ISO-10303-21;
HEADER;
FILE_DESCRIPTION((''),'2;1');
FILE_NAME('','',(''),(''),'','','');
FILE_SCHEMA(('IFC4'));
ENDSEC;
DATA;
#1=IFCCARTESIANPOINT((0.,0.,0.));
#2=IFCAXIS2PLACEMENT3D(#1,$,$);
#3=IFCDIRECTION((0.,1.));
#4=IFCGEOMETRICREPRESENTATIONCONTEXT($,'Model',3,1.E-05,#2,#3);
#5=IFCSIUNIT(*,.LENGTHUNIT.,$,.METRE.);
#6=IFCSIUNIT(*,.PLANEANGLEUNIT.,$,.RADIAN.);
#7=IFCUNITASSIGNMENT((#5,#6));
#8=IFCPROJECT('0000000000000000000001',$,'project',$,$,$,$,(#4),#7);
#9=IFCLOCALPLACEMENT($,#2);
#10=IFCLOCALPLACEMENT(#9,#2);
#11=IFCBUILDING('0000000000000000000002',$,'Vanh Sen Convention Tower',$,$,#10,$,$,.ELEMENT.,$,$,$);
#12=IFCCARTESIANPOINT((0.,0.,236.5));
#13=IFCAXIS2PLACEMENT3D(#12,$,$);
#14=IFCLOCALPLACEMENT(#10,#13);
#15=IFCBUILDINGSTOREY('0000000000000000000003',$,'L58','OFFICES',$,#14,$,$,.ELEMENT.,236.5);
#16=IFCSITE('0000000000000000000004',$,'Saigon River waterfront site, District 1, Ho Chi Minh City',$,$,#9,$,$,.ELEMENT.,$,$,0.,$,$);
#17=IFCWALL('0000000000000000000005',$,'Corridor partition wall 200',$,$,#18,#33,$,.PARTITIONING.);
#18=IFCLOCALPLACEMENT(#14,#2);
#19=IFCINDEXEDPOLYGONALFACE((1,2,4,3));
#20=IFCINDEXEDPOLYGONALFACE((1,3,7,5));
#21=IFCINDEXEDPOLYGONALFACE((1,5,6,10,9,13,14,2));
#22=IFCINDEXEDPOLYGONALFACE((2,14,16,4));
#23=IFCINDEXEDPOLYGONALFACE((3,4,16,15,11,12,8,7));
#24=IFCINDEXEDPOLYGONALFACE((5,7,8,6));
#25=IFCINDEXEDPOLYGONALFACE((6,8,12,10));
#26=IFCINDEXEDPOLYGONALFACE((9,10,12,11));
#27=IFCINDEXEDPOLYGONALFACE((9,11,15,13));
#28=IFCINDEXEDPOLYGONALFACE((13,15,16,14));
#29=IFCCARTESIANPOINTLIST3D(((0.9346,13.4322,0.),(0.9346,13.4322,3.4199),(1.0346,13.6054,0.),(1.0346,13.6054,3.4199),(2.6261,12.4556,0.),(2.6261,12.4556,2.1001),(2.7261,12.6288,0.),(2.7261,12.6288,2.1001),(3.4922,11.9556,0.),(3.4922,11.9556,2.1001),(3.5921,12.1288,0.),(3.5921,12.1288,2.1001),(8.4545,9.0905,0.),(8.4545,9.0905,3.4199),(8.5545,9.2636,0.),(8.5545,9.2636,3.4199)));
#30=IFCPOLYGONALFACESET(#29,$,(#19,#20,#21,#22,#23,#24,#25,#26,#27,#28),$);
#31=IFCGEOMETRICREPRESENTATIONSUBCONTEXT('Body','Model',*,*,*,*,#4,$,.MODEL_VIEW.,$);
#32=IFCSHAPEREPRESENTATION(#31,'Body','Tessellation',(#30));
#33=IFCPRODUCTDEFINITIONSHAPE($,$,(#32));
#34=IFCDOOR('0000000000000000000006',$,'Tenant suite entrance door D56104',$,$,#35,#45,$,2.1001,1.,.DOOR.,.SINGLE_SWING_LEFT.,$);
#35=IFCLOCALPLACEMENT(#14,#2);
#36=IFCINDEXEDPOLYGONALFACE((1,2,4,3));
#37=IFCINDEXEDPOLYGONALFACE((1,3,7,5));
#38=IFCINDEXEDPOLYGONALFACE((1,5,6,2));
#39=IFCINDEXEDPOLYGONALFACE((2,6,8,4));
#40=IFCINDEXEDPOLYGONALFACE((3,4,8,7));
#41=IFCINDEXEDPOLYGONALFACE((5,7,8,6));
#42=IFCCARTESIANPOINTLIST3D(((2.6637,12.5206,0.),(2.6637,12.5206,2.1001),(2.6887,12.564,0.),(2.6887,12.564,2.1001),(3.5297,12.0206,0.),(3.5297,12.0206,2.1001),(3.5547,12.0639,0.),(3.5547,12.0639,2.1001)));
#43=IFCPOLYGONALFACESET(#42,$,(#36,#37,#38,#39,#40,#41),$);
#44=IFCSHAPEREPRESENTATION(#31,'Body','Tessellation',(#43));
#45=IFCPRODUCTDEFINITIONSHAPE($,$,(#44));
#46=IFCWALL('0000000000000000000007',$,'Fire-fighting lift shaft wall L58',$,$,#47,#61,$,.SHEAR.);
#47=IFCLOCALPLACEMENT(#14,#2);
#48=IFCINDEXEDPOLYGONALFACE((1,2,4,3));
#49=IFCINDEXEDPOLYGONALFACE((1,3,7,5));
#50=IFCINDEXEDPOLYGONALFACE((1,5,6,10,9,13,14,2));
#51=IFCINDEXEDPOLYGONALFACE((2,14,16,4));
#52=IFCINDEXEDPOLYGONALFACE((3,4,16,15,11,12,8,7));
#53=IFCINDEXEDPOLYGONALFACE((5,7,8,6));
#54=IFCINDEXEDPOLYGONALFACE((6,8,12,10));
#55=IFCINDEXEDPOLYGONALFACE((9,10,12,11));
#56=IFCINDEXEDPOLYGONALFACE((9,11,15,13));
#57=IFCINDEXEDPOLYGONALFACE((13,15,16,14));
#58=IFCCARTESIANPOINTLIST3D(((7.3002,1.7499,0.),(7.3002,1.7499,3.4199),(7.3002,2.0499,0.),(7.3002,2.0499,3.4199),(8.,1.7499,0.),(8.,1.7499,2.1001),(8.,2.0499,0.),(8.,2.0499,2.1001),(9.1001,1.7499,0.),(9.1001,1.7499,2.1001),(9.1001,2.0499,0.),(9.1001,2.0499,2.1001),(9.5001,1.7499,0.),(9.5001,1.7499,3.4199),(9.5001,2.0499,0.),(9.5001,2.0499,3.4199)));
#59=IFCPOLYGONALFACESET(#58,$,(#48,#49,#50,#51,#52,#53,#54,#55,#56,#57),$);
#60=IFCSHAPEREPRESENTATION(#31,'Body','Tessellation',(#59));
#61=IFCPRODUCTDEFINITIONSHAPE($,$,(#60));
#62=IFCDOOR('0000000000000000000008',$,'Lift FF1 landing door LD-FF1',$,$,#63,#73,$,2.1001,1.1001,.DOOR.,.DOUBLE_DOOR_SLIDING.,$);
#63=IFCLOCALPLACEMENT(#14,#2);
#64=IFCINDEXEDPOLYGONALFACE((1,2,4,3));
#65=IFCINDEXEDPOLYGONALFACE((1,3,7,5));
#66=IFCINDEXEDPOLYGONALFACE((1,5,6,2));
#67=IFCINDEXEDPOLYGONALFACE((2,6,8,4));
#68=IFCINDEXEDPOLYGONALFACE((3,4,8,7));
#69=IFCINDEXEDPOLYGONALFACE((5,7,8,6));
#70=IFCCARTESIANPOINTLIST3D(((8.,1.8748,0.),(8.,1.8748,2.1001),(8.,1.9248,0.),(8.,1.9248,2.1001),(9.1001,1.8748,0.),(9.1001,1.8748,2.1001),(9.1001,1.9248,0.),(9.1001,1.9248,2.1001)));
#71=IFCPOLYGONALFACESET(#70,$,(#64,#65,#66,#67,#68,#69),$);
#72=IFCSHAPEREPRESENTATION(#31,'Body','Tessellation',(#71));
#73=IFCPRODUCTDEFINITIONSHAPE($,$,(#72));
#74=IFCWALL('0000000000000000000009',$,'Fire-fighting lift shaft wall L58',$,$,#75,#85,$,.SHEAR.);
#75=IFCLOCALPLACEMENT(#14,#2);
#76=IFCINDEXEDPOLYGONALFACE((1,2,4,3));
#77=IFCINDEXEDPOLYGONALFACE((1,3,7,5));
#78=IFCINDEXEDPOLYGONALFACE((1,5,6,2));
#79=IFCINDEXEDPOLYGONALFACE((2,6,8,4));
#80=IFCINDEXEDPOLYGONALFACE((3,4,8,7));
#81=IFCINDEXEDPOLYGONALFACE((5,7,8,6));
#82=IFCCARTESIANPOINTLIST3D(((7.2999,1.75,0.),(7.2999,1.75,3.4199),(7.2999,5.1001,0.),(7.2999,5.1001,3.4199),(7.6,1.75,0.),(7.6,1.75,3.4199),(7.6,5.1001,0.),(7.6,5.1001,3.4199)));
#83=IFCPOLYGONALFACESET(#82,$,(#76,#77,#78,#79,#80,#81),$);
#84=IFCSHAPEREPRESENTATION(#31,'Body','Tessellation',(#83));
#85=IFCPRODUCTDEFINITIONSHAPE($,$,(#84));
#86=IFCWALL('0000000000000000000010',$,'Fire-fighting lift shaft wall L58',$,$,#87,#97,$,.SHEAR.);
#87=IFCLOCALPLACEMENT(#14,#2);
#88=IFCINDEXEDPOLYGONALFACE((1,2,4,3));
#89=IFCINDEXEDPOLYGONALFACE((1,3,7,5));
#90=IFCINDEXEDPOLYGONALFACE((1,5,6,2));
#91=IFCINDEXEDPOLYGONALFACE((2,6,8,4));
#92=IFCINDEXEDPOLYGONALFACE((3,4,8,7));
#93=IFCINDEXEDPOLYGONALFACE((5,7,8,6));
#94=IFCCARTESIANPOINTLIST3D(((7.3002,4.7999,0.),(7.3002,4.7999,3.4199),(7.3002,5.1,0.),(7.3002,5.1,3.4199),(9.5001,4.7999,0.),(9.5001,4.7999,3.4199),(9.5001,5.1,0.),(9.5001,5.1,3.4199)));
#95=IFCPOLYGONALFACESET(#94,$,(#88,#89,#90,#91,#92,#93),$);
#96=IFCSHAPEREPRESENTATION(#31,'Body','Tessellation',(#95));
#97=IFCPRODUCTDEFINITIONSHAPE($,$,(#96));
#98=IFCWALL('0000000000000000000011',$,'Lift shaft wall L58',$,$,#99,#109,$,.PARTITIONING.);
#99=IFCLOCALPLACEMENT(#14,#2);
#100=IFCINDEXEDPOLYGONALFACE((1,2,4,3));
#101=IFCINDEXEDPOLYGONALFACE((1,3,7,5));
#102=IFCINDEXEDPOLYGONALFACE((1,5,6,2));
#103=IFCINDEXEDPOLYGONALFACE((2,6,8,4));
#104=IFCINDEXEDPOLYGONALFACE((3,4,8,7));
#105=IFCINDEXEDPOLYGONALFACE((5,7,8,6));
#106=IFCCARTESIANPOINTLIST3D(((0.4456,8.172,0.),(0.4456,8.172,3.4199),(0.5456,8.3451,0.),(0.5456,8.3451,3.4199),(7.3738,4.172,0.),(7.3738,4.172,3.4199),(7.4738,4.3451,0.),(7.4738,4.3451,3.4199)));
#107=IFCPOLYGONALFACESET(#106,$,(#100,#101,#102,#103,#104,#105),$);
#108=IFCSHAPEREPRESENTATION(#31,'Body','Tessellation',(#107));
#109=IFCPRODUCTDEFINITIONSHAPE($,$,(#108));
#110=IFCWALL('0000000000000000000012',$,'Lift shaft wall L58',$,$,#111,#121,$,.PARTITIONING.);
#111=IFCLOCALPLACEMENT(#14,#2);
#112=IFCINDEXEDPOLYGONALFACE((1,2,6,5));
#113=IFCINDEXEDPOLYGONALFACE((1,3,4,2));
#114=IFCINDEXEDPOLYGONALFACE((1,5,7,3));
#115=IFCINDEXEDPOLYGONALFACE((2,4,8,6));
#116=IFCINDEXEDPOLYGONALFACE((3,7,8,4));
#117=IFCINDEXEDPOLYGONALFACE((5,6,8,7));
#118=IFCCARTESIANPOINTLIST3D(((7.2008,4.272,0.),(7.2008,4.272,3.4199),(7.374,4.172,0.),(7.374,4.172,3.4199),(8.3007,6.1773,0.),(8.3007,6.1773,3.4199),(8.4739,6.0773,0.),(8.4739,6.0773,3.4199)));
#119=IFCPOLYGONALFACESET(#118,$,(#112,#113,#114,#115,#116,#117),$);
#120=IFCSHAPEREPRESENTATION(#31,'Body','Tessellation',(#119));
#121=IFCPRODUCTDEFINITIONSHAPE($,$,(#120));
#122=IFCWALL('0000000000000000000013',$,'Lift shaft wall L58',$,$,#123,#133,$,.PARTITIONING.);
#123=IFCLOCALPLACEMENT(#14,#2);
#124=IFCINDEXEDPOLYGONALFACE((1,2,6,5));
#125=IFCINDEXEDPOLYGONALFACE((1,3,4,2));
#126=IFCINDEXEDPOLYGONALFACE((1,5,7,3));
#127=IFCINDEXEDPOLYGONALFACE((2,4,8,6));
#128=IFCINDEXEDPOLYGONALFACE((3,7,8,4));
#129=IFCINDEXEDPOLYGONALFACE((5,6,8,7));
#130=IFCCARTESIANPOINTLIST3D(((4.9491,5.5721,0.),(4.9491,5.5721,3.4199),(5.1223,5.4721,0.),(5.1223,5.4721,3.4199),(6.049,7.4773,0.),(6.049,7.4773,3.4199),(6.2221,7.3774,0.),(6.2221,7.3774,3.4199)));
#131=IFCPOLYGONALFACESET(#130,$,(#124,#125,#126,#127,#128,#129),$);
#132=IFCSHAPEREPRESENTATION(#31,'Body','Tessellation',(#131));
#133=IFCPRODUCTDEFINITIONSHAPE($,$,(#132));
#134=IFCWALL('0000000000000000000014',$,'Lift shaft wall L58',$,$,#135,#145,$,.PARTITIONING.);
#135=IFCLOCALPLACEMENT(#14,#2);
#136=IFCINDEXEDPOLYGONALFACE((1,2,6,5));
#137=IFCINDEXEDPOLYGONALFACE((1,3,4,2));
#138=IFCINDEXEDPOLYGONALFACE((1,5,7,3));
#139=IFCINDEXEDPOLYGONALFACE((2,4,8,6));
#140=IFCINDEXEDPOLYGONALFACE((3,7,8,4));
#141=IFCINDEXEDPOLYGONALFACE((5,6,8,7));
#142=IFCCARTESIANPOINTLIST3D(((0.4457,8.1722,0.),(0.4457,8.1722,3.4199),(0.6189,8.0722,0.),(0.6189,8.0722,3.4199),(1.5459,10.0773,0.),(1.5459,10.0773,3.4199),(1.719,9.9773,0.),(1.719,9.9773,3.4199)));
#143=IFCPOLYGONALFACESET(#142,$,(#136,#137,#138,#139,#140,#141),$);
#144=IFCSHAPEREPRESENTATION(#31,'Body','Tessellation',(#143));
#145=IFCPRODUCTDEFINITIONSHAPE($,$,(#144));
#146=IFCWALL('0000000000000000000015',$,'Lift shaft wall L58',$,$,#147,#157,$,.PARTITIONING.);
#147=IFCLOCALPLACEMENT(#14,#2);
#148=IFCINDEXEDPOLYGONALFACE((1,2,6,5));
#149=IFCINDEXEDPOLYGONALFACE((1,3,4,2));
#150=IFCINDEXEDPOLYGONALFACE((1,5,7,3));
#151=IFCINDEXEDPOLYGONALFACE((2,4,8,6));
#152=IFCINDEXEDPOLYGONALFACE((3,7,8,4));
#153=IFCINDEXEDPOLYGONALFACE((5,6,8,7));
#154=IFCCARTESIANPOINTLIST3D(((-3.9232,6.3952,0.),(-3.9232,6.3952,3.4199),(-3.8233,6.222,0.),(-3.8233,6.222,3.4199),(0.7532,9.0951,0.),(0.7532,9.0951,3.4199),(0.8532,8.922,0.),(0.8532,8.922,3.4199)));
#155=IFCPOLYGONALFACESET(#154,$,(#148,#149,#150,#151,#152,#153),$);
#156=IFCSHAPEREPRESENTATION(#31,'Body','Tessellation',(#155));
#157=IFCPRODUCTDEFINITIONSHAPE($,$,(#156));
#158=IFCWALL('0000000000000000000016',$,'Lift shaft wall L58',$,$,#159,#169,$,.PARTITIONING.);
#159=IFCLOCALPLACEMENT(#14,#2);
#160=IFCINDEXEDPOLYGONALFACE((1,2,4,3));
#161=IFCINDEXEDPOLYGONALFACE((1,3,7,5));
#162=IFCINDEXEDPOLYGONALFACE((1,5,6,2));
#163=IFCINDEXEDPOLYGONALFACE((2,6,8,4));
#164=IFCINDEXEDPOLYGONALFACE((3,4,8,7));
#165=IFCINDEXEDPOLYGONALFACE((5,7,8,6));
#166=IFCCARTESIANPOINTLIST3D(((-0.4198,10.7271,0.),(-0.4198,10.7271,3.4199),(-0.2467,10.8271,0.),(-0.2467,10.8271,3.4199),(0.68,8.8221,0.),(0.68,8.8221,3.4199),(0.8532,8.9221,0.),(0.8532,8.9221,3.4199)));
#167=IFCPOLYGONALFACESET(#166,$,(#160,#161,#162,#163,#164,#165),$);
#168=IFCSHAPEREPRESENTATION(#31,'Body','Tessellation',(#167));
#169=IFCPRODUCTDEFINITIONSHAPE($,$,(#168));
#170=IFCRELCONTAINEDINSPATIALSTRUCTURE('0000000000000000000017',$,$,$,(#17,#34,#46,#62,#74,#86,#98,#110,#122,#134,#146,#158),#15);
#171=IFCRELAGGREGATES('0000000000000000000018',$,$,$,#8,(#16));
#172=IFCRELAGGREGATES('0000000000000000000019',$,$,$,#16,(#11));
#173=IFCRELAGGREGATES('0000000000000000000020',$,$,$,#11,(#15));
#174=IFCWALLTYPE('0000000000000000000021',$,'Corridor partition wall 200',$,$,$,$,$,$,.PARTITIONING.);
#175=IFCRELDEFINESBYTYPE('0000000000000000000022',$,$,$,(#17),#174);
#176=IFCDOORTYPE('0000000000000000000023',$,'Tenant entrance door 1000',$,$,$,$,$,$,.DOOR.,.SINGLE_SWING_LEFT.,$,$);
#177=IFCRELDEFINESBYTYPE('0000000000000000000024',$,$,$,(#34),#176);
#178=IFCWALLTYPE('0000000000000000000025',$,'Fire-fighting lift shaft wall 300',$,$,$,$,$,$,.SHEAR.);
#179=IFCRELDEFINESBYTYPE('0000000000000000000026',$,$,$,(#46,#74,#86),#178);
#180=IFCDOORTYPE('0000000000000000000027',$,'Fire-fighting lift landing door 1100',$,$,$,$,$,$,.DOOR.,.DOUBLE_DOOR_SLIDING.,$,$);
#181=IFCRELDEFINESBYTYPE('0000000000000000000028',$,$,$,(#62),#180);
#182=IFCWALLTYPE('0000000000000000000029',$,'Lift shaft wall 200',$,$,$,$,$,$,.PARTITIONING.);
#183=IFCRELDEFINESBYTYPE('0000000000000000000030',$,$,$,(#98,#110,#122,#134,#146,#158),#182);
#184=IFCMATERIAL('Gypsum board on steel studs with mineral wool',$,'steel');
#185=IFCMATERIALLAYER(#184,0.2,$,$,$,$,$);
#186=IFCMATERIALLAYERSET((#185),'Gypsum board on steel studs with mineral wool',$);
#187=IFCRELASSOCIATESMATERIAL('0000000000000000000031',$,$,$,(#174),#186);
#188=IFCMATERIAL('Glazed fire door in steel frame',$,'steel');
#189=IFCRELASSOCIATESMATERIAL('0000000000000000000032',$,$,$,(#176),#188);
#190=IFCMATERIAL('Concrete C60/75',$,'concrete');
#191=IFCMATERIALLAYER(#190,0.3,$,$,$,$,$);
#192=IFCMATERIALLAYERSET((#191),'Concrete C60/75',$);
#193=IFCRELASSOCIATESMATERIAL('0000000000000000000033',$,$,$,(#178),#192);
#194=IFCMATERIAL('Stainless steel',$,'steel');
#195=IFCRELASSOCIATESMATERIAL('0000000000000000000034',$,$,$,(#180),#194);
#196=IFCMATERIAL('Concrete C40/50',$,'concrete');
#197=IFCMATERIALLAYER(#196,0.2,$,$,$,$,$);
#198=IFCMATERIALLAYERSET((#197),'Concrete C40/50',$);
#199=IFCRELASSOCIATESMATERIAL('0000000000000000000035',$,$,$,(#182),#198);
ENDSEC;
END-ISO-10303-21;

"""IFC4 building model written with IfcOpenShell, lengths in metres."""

from ifc_helpers import new_model, si_unit, direction, frame, frame_2d, origin, place, context, subcontext, project, spatial, rectangle, extrude, material, layer, layer_set, type_object, element, fill, save


model = new_model("IFC4")

# Units and contexts
model_context = context("Model", 3, precision=1e-05, world=origin(), true_north=direction((0.0, 1.0)))
body_context = subcontext(model_context, "Body", "Model", "MODEL_VIEW")
ifc_project = project(units=[si_unit("LENGTHUNIT", "METRE"), si_unit("PLANEANGLEUNIT", "RADIAN")], contexts=[model_context])

# Site, building, storey
site_placement = place(None, origin())
site = spatial("IfcSite", under=ifc_project, at=site_placement, Name="Saigon River waterfront site, District 1, Ho Chi Minh City", CompositionType="ELEMENT", RefElevation=0.0)
building_placement = place(site_placement, origin())
building = spatial("IfcBuilding", under=site, at=building_placement, Name="Vanh Sen Convention Tower", CompositionType="ELEMENT")
storey_placement = place(building_placement, frame((0.0, 0.0, 236.5)))
storey = spatial("IfcBuildingStorey", under=building, at=storey_placement, Name="L58", Description="OFFICES", CompositionType="ELEMENT", Elevation=236.5)

# Shared definitions
ifc_material_1 = material(Name="Concrete C60/75", Category="concrete")

# Walls, openings, doors
ifc_material_2 = material(Name="Gypsum board on steel studs with mineral wool", Category="steel")
ifc_layer_1 = layer(ifc_material_2, 0.2)
ifc_layer_set_1 = layer_set([ifc_layer_1], Name="Gypsum board on steel studs with mineral wool")
wall_type_1 = type_object("IfcWallType", Name="Corridor partition wall 200", PredefinedType="PARTITIONING", material=ifc_layer_set_1)
wall_1_placement = place(storey_placement, frame((8.5046, 9.177, 0.0), z_axis=(0.0, 0.0, 1.0), x_axis=(-0.86602, 0.50001, 0.0)))
wall_1 = element("IfcWall", 1, at=wall_1_placement, inside=storey, type_object=wall_type_1, Name="Corridor partition wall 200", PredefinedType="PARTITIONING", context=body_context, shape_type="SweptSolid", body=[
    extrude(rectangle(XDim=8.6833, YDim=0.2, at=frame_2d((4.3418, 0.0))), origin(), (0.0, 0.0, 1.0), 3.4199),
])
opening_1_placement = place(wall_1_placement, frame((5.7302, 0.0, 0.0)))
opening_1 = element("IfcOpeningElement", 2, at=opening_1_placement, cuts=wall_1, PredefinedType="OPENING", context=body_context, shape_type="SweptSolid", body=[
    extrude(rectangle(XDim=1.0, YDim=2.1001, at=frame_2d((0.5, 1.05))), frame((0.0, 0.1099, 0.0), z_axis=(0.0, -1.0, 0.0), x_axis=(1.0, 0.0, 0.0)), (0.0, 0.0, 1.0), 0.22),
])
ifc_material_3 = material(Name="Glazed fire door in steel frame", Category="steel")
door_type_1 = type_object("IfcDoorType", Name="Tenant entrance door 1000", OperationType="SINGLE_SWING_LEFT", PredefinedType="DOOR", material=ifc_material_3)
door_1_placement = place(opening_1_placement, origin())
door_1 = element("IfcDoor", 3, at=door_1_placement, inside=storey, type_object=door_type_1, Name="Tenant suite entrance door D56104", OperationType="SINGLE_SWING_LEFT", OverallHeight=2.1001, OverallWidth=1.0, PredefinedType="DOOR", context=body_context, shape_type="SweptSolid", body=[
    extrude(rectangle(XDim=1.0, YDim=2.1001, at=frame_2d((0.5, 1.05))), frame((0.0, 0.0249, 0.0), z_axis=(0.0, -1.0, 0.0), x_axis=(1.0, 0.0, 0.0)), (0.0, 0.0, 1.0), 0.05),
])
fill(opening_1, door_1)
ifc_layer_2 = layer(ifc_material_1, 0.3)
ifc_layer_set_2 = layer_set([ifc_layer_2], Name="Concrete C60/75")
wall_type_2 = type_object("IfcWallType", Name="Fire-fighting lift shaft wall 300", PredefinedType="SHEAR", material=ifc_layer_set_2)
wall_2_placement = place(storey_placement, frame((7.3, 1.8999, 0.0), z_axis=(0.0, 0.0, 1.0), x_axis=(1.0, 0.0, 0.0)))
wall_2 = element("IfcWall", 4, at=wall_2_placement, inside=storey, type_object=wall_type_2, Name="Fire-fighting lift shaft wall L58", PredefinedType="SHEAR", context=body_context, shape_type="SweptSolid", body=[
    extrude(rectangle(XDim=2.2, YDim=0.3, at=frame_2d((1.1001, 0.0))), origin(), (0.0, 0.0, 1.0), 3.4199),
])
opening_2_placement = place(wall_2_placement, frame((0.7, 0.0, 0.0)))
opening_2 = element("IfcOpeningElement", 5, at=opening_2_placement, cuts=wall_2, PredefinedType="OPENING", context=body_context, shape_type="SweptSolid", body=[
    extrude(rectangle(XDim=1.1001, YDim=2.1001, at=frame_2d((0.55, 1.05))), frame((0.0, 0.1599, 0.0), z_axis=(0.0, -1.0, 0.0), x_axis=(1.0, 0.0, 0.0)), (0.0, 0.0, 1.0), 0.3201),
])
ifc_material_4 = material(Name="Stainless steel", Category="steel")
door_type_2 = type_object("IfcDoorType", Name="Fire-fighting lift landing door 1100", OperationType="DOUBLE_DOOR_SLIDING", PredefinedType="DOOR", material=ifc_material_4)
door_2_placement = place(opening_2_placement, origin())
door_2 = element("IfcDoor", 6, at=door_2_placement, inside=storey, type_object=door_type_2, Name="Lift FF1 landing door LD-FF1", OperationType="DOUBLE_DOOR_SLIDING", OverallHeight=2.1001, OverallWidth=1.1001, PredefinedType="DOOR", context=body_context, shape_type="SweptSolid", body=[
    extrude(rectangle(XDim=1.1001, YDim=2.1001, at=frame_2d((0.55, 1.05))), frame((0.0, 0.0249, 0.0), z_axis=(0.0, -1.0, 0.0), x_axis=(1.0, 0.0, 0.0)), (0.0, 0.0, 1.0), 0.05),
])
fill(opening_2, door_2)

# Walls
wall_3_placement = place(storey_placement, frame((7.45, 1.75, 0.0), z_axis=(0.0, 0.0, 1.0), x_axis=(0.0, 1.0, 0.0)))
element("IfcWall", 7, at=wall_3_placement, inside=storey, type_object=wall_type_2, Name="Fire-fighting lift shaft wall L58", PredefinedType="SHEAR", context=body_context, shape_type="SweptSolid", body=[
    extrude(rectangle(XDim=3.3501, YDim=0.3, at=frame_2d((1.675, 0.0))), origin(), (0.0, 0.0, 1.0), 3.4199),
])
wall_4_placement = place(storey_placement, frame((7.3, 4.95, 0.0), z_axis=(0.0, 0.0, 1.0), x_axis=(1.0, 0.0, 0.0)))
element("IfcWall", 8, at=wall_4_placement, inside=storey, type_object=wall_type_2, Name="Fire-fighting lift shaft wall L58", PredefinedType="SHEAR", context=body_context, shape_type="SweptSolid", body=[
    extrude(rectangle(XDim=2.2, YDim=0.3, at=frame_2d((1.1001, 0.0))), origin(), (0.0, 0.0, 1.0), 3.4199),
])
ifc_material_5 = material(Name="Concrete C40/50", Category="concrete")
ifc_layer_3 = layer(ifc_material_5, 0.2)
ifc_layer_set_3 = layer_set([ifc_layer_3], Name="Concrete C40/50")
wall_type_3 = type_object("IfcWallType", Name="Lift shaft wall 200", PredefinedType="PARTITIONING", material=ifc_layer_set_3)
wall_5_placement = place(storey_placement, frame((7.4238, 4.2585, 0.0), z_axis=(0.0, 0.0, 1.0), x_axis=(-0.866026, 0.499999, 0.0)))
element("IfcWall", 9, at=wall_5_placement, inside=storey, type_object=wall_type_3, Name="Lift shaft wall L58", PredefinedType="PARTITIONING", context=body_context, shape_type="SweptSolid", body=[
    extrude(rectangle(XDim=8.0, YDim=0.2, at=frame_2d((4.0, 0.0))), origin(), (0.0, 0.0, 1.0), 3.4199),
])
for number, where, z_axis, x_axis, name in (
    (10, (7.2874, 4.2219, 0.0), (0.0, 0.0, 1.0), (0.499947, 0.866056, 0.0), "Lift shaft wall L58"),
    (11, (5.0356, 5.522, 0.0), (0.0, 0.0, 1.0), (0.499947, 0.866056, 0.0), "Lift shaft wall L58"),
    (12, (0.5322, 8.1221, 0.0), (0.0, 0.0, 1.0), (0.500078, 0.86598, 0.0), "Lift shaft wall L58"),
):
    element("IfcWall", number, at=place(storey_placement, frame(where, z_axis=z_axis, x_axis=x_axis)), inside=storey, type_object=wall_type_3, Name=name, PredefinedType="PARTITIONING", context=body_context, shape_type="SweptSolid", body=[
        extrude(rectangle(XDim=2.2, YDim=0.2, at=frame_2d((1.1001, 0.0))), origin(), (0.0, 0.0, 1.0), 3.4199),
    ])
wall_6_placement = place(storey_placement, frame((0.8032, 9.0085, 0.0), z_axis=(0.0, 0.0, 1.0), x_axis=(-0.866028, -0.499995, 0.0)))
element("IfcWall", 13, at=wall_6_placement, inside=storey, type_object=wall_type_3, Name="Lift shaft wall L58", PredefinedType="PARTITIONING", context=body_context, shape_type="SweptSolid", body=[
    extrude(rectangle(XDim=5.3999, YDim=0.2, at=frame_2d((2.7, 0.0))), origin(), (0.0, 0.0, 1.0), 3.4199),
])
wall_7_placement = place(storey_placement, frame((0.7666, 8.8721, 0.0), z_axis=(0.0, 0.0, 1.0), x_axis=(-0.499995, 0.866028, 0.0)))
element("IfcWall", 14, at=wall_7_placement, inside=storey, type_object=wall_type_3, Name="Lift shaft wall L58", PredefinedType="PARTITIONING", context=body_context, shape_type="SweptSolid", body=[
    extrude(rectangle(XDim=2.1997, YDim=0.2, at=frame_2d((1.0999, 0.0))), origin(), (0.0, 0.0, 1.0), 3.4199),
])

save(model, "model.ifc")
